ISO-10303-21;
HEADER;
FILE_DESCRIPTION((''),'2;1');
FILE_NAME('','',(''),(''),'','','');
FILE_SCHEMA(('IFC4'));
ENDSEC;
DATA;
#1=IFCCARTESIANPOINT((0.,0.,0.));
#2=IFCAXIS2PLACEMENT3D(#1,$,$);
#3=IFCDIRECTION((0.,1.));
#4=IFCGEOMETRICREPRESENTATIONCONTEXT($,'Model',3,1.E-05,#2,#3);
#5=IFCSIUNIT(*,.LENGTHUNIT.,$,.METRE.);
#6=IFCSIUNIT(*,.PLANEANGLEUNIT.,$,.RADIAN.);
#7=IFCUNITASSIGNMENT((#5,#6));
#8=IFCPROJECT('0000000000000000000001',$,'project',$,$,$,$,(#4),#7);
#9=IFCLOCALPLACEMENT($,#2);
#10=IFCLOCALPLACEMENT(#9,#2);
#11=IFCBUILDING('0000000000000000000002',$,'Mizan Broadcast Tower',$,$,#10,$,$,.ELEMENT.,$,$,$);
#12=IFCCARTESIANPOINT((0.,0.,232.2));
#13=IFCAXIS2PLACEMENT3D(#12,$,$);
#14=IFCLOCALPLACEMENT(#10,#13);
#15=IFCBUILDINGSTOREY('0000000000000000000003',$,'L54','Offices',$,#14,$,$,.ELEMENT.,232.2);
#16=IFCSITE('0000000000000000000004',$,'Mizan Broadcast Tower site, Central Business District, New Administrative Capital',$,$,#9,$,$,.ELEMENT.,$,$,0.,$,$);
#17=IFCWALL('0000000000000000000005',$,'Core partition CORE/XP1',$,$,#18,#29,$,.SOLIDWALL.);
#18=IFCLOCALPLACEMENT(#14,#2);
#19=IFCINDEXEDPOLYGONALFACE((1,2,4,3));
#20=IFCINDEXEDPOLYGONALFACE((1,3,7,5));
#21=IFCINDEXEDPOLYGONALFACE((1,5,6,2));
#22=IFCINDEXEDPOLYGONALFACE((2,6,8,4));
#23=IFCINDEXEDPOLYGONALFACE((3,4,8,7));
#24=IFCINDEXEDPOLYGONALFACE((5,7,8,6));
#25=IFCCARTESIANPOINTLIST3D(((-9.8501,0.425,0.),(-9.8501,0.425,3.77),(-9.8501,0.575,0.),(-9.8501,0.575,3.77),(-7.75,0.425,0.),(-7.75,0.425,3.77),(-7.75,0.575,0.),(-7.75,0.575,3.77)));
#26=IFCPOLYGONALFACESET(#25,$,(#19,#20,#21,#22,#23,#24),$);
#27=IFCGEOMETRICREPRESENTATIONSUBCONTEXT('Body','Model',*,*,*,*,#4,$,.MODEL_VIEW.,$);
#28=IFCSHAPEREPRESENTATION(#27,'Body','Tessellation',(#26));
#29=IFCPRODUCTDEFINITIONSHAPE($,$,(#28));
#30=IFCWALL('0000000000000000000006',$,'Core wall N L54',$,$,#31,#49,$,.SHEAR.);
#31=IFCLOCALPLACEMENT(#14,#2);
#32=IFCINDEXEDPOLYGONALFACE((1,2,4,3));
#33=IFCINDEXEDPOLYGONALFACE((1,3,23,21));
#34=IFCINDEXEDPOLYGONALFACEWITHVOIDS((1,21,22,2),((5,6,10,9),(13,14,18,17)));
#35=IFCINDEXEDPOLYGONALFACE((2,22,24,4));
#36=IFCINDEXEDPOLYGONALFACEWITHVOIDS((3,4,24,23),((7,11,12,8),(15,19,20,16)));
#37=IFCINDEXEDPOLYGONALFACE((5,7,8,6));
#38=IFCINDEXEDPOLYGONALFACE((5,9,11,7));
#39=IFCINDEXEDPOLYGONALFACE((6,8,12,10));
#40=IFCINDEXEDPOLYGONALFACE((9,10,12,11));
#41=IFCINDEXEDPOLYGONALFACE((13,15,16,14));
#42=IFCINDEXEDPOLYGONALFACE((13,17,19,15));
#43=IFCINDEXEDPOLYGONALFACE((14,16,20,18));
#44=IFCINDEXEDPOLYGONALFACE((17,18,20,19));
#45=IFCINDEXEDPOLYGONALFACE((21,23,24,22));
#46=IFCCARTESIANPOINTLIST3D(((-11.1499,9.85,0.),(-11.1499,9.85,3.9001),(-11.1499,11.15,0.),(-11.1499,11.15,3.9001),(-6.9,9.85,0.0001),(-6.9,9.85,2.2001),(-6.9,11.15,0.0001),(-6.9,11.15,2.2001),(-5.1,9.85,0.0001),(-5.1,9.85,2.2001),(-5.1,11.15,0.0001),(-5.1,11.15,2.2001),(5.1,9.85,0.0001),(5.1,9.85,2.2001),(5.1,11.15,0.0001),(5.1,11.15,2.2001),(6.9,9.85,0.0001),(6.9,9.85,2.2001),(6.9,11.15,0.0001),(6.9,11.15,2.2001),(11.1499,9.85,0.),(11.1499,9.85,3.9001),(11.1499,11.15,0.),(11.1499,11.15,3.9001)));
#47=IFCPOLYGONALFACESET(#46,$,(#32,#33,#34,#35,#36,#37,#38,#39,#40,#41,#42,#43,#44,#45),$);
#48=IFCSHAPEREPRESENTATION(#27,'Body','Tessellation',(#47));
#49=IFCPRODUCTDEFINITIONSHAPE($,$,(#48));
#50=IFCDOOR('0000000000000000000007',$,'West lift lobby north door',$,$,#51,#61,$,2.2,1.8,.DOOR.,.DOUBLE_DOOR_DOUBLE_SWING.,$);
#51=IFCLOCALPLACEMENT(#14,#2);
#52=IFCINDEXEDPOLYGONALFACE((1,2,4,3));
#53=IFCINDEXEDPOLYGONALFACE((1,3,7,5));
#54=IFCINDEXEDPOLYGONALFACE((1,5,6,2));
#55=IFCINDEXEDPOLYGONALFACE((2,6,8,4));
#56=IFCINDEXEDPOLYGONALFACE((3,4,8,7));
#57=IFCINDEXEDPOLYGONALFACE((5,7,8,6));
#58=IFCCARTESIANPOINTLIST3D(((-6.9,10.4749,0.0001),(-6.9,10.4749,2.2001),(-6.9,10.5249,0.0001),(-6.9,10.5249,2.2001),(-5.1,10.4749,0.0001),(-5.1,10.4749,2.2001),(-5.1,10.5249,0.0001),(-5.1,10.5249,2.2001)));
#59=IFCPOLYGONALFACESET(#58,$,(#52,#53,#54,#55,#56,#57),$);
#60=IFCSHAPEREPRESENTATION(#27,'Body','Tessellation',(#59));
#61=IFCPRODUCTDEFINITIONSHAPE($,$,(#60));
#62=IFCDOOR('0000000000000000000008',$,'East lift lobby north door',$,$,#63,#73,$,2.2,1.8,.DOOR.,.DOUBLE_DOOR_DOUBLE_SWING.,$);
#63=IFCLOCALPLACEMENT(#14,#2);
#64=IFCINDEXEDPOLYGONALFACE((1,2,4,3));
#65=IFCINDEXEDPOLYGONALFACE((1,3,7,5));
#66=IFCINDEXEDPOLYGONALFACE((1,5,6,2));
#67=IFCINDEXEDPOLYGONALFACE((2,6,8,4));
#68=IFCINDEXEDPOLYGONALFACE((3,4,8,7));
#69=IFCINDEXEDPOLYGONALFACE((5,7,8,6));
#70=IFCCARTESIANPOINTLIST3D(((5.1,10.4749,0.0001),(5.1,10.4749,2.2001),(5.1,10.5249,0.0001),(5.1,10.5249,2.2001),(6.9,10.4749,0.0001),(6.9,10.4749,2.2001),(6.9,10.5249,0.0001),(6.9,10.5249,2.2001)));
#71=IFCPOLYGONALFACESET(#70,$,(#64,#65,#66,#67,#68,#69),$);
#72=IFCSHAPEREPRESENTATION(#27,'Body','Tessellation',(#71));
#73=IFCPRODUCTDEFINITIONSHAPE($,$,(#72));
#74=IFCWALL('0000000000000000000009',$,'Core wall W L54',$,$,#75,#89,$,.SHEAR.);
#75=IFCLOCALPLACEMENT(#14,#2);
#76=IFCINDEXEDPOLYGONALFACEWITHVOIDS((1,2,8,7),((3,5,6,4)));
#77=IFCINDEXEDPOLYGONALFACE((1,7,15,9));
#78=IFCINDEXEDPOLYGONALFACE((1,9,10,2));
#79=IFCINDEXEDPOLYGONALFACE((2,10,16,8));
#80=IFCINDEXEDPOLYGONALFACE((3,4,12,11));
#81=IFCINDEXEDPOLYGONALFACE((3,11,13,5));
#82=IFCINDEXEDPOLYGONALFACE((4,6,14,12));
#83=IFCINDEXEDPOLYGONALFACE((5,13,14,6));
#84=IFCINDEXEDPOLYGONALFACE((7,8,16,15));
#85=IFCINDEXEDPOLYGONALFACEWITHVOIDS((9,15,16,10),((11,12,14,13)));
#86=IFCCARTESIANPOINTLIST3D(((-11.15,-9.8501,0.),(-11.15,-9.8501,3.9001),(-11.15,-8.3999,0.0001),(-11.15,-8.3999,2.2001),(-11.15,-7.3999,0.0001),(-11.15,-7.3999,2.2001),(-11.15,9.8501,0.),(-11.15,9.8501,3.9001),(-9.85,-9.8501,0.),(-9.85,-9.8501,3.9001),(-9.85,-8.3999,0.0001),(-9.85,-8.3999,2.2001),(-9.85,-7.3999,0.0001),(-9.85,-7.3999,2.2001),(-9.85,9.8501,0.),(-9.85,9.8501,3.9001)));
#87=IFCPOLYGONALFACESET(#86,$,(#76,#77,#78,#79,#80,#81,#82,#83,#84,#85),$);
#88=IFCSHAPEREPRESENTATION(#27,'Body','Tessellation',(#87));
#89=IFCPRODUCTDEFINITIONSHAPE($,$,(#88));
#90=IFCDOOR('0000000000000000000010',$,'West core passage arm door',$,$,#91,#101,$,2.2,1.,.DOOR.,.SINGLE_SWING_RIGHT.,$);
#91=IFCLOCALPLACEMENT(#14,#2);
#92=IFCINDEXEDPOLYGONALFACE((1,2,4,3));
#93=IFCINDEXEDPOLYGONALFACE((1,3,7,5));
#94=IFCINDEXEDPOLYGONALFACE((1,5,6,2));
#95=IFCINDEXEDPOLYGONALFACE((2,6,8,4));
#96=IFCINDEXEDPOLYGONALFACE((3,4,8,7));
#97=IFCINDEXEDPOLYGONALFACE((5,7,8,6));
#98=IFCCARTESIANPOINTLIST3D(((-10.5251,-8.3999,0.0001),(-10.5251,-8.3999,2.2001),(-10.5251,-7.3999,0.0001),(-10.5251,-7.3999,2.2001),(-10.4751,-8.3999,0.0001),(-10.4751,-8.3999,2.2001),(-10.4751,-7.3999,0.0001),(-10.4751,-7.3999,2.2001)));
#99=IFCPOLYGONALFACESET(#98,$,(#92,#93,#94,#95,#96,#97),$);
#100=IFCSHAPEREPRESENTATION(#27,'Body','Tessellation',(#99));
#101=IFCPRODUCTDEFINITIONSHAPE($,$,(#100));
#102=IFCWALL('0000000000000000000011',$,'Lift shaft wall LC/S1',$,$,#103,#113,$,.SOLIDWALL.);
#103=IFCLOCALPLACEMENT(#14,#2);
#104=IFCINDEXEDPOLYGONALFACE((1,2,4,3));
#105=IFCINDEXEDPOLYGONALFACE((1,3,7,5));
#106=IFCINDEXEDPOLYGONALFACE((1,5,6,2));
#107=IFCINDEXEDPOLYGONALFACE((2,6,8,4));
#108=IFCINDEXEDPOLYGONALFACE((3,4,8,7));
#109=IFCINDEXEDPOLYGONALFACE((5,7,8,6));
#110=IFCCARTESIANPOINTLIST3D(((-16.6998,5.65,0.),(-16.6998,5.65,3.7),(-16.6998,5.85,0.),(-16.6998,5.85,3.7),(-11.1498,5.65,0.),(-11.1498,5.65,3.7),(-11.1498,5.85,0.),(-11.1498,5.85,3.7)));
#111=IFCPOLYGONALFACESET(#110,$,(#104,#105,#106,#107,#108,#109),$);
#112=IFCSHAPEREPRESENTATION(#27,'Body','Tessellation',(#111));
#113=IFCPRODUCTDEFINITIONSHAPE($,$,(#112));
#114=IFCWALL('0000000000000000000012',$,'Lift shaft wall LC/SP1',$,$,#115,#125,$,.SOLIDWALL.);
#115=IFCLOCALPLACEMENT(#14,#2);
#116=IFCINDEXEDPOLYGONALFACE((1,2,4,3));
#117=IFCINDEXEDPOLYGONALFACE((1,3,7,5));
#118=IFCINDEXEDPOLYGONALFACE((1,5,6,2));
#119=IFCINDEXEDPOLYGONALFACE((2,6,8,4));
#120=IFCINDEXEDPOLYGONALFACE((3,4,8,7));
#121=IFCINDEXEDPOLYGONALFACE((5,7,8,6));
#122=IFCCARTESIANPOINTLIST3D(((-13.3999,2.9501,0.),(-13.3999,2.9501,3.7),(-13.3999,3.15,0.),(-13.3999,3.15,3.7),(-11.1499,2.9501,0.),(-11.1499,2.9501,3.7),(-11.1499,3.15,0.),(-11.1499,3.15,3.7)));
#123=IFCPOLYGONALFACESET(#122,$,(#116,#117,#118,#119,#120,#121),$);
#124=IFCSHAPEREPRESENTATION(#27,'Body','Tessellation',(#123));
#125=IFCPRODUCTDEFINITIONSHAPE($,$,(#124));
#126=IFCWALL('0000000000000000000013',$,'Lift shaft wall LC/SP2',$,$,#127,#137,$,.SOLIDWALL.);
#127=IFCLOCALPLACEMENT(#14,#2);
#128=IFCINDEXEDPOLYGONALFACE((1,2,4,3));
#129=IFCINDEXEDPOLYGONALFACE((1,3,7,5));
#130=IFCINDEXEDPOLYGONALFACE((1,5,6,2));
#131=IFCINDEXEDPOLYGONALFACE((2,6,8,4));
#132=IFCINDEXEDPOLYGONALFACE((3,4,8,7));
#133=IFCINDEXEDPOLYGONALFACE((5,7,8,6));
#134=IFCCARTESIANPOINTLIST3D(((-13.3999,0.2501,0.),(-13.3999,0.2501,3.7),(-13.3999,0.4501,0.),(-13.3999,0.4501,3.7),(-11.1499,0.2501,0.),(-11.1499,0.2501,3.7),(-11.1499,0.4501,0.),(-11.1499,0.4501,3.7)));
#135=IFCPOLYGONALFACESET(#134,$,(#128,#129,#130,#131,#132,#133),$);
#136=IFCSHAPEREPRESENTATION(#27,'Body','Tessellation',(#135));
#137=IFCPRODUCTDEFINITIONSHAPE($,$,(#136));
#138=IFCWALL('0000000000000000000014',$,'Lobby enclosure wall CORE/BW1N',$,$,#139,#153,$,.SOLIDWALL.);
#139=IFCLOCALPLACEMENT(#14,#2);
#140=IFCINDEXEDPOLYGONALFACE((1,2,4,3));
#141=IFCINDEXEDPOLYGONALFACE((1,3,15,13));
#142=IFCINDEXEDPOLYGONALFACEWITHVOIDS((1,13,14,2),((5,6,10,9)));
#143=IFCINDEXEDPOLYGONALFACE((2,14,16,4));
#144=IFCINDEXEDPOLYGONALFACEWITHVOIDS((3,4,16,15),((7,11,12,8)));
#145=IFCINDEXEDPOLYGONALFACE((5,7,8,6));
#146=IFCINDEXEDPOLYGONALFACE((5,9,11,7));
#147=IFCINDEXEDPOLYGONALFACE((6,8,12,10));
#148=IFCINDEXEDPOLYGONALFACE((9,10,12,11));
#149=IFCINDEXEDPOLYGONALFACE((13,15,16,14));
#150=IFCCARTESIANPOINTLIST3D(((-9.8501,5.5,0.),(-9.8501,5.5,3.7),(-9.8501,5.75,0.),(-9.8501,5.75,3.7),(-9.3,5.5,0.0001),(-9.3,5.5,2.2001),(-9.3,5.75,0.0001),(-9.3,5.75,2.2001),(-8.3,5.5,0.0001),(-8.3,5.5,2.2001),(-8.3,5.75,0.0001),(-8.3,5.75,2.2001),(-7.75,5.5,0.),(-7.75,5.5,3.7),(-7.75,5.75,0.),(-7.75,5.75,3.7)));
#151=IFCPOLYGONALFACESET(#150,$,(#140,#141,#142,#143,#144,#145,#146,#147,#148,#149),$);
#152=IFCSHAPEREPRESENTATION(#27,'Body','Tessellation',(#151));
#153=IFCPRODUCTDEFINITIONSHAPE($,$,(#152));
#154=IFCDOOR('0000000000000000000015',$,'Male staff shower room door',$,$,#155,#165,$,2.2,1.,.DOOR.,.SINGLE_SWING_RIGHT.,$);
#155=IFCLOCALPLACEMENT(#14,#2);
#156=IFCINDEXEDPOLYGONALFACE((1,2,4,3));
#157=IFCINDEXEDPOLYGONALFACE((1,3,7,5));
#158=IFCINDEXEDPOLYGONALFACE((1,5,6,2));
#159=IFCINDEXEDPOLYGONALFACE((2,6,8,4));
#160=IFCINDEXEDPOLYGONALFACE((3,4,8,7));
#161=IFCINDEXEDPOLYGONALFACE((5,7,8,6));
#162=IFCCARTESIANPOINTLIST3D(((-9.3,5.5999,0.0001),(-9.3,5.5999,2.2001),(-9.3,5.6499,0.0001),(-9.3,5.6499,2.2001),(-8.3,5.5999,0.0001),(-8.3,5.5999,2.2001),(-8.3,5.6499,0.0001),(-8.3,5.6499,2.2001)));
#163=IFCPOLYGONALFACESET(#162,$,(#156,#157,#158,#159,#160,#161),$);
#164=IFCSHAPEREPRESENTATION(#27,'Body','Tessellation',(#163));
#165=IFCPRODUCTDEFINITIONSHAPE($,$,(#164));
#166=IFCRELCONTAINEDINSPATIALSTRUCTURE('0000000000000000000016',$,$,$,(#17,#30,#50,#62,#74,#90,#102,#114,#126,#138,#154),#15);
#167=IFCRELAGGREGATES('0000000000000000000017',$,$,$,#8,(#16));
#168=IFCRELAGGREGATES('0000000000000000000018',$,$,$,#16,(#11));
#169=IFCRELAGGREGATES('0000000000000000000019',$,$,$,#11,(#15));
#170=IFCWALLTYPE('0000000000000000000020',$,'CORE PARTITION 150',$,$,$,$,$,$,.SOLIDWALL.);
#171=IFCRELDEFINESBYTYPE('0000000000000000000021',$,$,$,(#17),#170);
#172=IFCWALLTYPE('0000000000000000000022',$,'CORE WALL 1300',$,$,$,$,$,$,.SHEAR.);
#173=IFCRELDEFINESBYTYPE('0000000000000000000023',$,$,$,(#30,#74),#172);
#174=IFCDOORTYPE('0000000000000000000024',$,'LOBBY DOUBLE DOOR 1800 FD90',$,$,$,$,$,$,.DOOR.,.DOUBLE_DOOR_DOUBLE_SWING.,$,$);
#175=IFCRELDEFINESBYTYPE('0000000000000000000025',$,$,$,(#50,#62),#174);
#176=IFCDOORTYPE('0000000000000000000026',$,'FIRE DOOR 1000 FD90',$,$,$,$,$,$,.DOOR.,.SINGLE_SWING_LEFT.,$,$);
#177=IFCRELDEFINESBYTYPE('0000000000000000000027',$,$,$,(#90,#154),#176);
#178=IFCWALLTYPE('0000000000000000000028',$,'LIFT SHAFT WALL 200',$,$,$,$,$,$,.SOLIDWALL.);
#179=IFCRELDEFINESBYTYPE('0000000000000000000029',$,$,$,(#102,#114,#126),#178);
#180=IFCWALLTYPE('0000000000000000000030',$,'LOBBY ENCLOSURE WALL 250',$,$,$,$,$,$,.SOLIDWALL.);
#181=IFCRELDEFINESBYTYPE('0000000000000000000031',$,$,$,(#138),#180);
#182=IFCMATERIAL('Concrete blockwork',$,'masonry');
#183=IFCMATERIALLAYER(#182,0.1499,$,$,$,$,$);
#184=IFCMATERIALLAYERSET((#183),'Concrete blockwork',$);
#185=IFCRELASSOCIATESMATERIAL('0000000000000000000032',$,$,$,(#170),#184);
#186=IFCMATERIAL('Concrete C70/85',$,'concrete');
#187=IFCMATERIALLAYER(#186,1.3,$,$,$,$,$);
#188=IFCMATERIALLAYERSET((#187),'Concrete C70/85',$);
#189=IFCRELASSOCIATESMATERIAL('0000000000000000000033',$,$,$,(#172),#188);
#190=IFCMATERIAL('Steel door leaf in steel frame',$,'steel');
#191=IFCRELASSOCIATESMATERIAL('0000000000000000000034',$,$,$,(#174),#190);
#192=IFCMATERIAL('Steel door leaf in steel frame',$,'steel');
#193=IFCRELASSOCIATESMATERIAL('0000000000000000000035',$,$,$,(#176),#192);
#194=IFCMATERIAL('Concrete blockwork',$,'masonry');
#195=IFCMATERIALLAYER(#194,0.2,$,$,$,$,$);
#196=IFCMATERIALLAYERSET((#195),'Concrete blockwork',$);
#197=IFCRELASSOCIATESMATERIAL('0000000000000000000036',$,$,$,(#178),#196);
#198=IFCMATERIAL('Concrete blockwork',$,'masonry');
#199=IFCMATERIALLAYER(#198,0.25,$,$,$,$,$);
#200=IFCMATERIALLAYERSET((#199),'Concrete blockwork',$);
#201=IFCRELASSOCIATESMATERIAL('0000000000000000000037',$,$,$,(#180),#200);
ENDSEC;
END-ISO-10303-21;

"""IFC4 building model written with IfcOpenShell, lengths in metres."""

from ifc_helpers import new_model, si_unit, direction, frame, frame_2d, origin, place, context, subcontext, project, spatial, rectangle, extrude, material, layer, layer_set, type_object, element, fill, save


model = new_model("IFC4")

# Units and contexts
model_context = context("Model", 3, precision=1e-05, world=origin(), true_north=direction((0.0, 1.0)))
body_context = subcontext(model_context, "Body", "Model", "MODEL_VIEW")
ifc_project = project(units=[si_unit("LENGTHUNIT", "METRE"), si_unit("PLANEANGLEUNIT", "RADIAN")], contexts=[model_context])

# Site, building, storey
site_placement = place(None, origin())
site = spatial("IfcSite", under=ifc_project, at=site_placement, Name="Mizan Broadcast Tower site, Central Business District, New Administrative Capital", CompositionType="ELEMENT", RefElevation=0.0)
building_placement = place(site_placement, origin())
building = spatial("IfcBuilding", under=site, at=building_placement, Name="Mizan Broadcast Tower", CompositionType="ELEMENT")
storey_placement = place(building_placement, frame((0.0, 0.0, 232.2)))
storey = spatial("IfcBuildingStorey", under=building, at=storey_placement, Name="L54", Description="Offices", CompositionType="ELEMENT", Elevation=232.2)

# Wall
ifc_material_1 = material(Name="Concrete blockwork", Category="masonry")
ifc_layer_1 = layer(ifc_material_1, 0.1499)
ifc_layer_set_1 = layer_set([ifc_layer_1], Name="Concrete blockwork")
wall_type_1 = type_object("IfcWallType", Name="CORE PARTITION 150", PredefinedType="SOLIDWALL", material=ifc_layer_set_1)
wall_1_placement = place(storey_placement, frame((-9.8501, 0.5, 0.0), z_axis=(0.0, 0.0, 1.0), x_axis=(1.0, 0.0, 0.0)))
element("IfcWall", 1, at=wall_1_placement, inside=storey, type_object=wall_type_1, Name="Core partition CORE/XP1", PredefinedType="SOLIDWALL", context=body_context, shape_type="SweptSolid", body=[
    extrude(rectangle(XDim=2.1001, YDim=0.1499, at=frame_2d((1.05, 0.0))), origin(), (0.0, 0.0, 1.0), 3.77),
])

# Wall, openings, doors
ifc_material_2 = material(Name="Concrete C70/85", Category="concrete")
ifc_layer_2 = layer(ifc_material_2, 1.3)
ifc_layer_set_2 = layer_set([ifc_layer_2], Name="Concrete C70/85")
wall_type_2 = type_object("IfcWallType", Name="CORE WALL 1300", PredefinedType="SHEAR", material=ifc_layer_set_2)
wall_2_placement = place(storey_placement, frame((-11.1499, 10.5, 0.0), z_axis=(0.0, 0.0, 1.0), x_axis=(1.0, 0.0, 0.0)))
wall_2 = element("IfcWall", 2, at=wall_2_placement, inside=storey, type_object=wall_type_2, Name="Core wall N L54", PredefinedType="SHEAR", context=body_context, shape_type="SweptSolid", body=[
    extrude(rectangle(XDim=22.2998, YDim=1.3, at=frame_2d((11.1499, 0.0))), origin(), (0.0, 0.0, 1.0), 3.9001),
])
opening_1_placement = place(wall_2_placement, frame((4.25, 0.0, 0.0)))
opening_1 = element("IfcOpeningElement", 3, at=opening_1_placement, cuts=wall_2, PredefinedType="OPENING", context=body_context, shape_type="SweptSolid", body=[
    extrude(rectangle(XDim=1.8, YDim=2.2, at=frame_2d((0.8999, 1.1001))), frame((0.0, 0.6599, 0.0), z_axis=(0.0, -1.0, 0.0), x_axis=(1.0, 0.0, 0.0)), (0.0, 0.0, 1.0), 1.3201),
])
opening_2_placement = place(wall_2_placement, frame((16.25, 0.0, 0.0)))
opening_2 = element("IfcOpeningElement", 4, at=opening_2_placement, cuts=wall_2, PredefinedType="OPENING", context=body_context, shape_type="SweptSolid", body=[
    extrude(rectangle(XDim=1.8, YDim=2.2, at=frame_2d((0.8999, 1.1001))), frame((0.0, 0.6599, 0.0), z_axis=(0.0, -1.0, 0.0), x_axis=(1.0, 0.0, 0.0)), (0.0, 0.0, 1.0), 1.3201),
])
ifc_material_3 = material(Name="Steel door leaf in steel frame", Category="steel")
door_type_1 = type_object("IfcDoorType", Name="LOBBY DOUBLE DOOR 1800 FD90", OperationType="DOUBLE_DOOR_DOUBLE_SWING", PredefinedType="DOOR", material=ifc_material_3)
door_1_placement = place(opening_1_placement, origin())
door_1 = element("IfcDoor", 5, at=door_1_placement, inside=storey, type_object=door_type_1, Name="West lift lobby north door", OperationType="DOUBLE_DOOR_DOUBLE_SWING", OverallHeight=2.2, OverallWidth=1.8, PredefinedType="DOOR", context=body_context, shape_type="SweptSolid", body=[
    extrude(rectangle(XDim=1.8, YDim=2.2, at=frame_2d((0.8999, 1.1001))), frame((0.0, 0.0249, 0.0), z_axis=(0.0, -1.0, 0.0), x_axis=(1.0, 0.0, 0.0)), (0.0, 0.0, 1.0), 0.05),
])
fill(opening_1, door_1)
door_2_placement = place(opening_2_placement, origin())
door_2 = element("IfcDoor", 6, at=door_2_placement, inside=storey, type_object=door_type_1, Name="East lift lobby north door", OperationType="DOUBLE_DOOR_DOUBLE_SWING", OverallHeight=2.2, OverallWidth=1.8, PredefinedType="DOOR", context=body_context, shape_type="SweptSolid", body=[
    extrude(rectangle(XDim=1.8, YDim=2.2, at=frame_2d((0.8999, 1.1001))), frame((0.0, 0.0249, 0.0), z_axis=(0.0, -1.0, 0.0), x_axis=(1.0, 0.0, 0.0)), (0.0, 0.0, 1.0), 0.05),
])
fill(opening_2, door_2)

# Wall, opening, door
wall_3_placement = place(storey_placement, frame((-10.5, 9.8501, 0.0), z_axis=(0.0, 0.0, 1.0), x_axis=(0.0, -1.0, 0.0)))
wall_3 = element("IfcWall", 7, at=wall_3_placement, inside=storey, type_object=wall_type_2, Name="Core wall W L54", PredefinedType="SHEAR", context=body_context, shape_type="SweptSolid", body=[
    extrude(rectangle(XDim=19.7002, YDim=1.3, at=frame_2d((9.8501, 0.0))), origin(), (0.0, 0.0, 1.0), 3.9001),
])
opening_3_placement = place(wall_3_placement, frame((17.25, 0.0, 0.0)))
opening_3 = element("IfcOpeningElement", 8, at=opening_3_placement, cuts=wall_3, PredefinedType="OPENING", context=body_context, shape_type="SweptSolid", body=[
    extrude(rectangle(XDim=1.0, YDim=2.2, at=frame_2d((0.5, 1.1001))), frame((0.0, 0.6599, 0.0), z_axis=(0.0, -1.0, 0.0), x_axis=(1.0, 0.0, 0.0)), (0.0, 0.0, 1.0), 1.3201),
])
ifc_material_4 = material(Name="Steel door leaf in steel frame", Category="steel")
door_type_2 = type_object("IfcDoorType", Name="FIRE DOOR 1000 FD90", OperationType="SINGLE_SWING_LEFT", PredefinedType="DOOR", material=ifc_material_4)
door_3_placement = place(opening_3_placement, origin())
door_3 = element("IfcDoor", 9, at=door_3_placement, inside=storey, type_object=door_type_2, Name="West core passage arm door", OperationType="SINGLE_SWING_RIGHT", OverallHeight=2.2, OverallWidth=1.0, PredefinedType="DOOR", context=body_context, shape_type="SweptSolid", body=[
    extrude(rectangle(XDim=1.0, YDim=2.2, at=frame_2d((0.5, 1.1001))), frame((0.0, 0.0249, 0.0), z_axis=(0.0, -1.0, 0.0), x_axis=(1.0, 0.0, 0.0)), (0.0, 0.0, 1.0), 0.05),
])
fill(opening_3, door_3)

# Walls
ifc_material_5 = material(Name="Concrete blockwork", Category="masonry")
ifc_layer_3 = layer(ifc_material_5, 0.2)
ifc_layer_set_3 = layer_set([ifc_layer_3], Name="Concrete blockwork")
wall_type_3 = type_object("IfcWallType", Name="LIFT SHAFT WALL 200", PredefinedType="SOLIDWALL", material=ifc_layer_set_3)
wall_4_placement = place(storey_placement, frame((-11.1499, 5.75, 0.0), z_axis=(0.0, 0.0, 1.0), x_axis=(-1.0, 0.0, 0.0)))
element("IfcWall", 10, at=wall_4_placement, inside=storey, type_object=wall_type_3, Name="Lift shaft wall LC/S1", PredefinedType="SOLIDWALL", context=body_context, shape_type="SweptSolid", body=[
    extrude(rectangle(XDim=5.55, YDim=0.2, at=frame_2d((2.7749, 0.0))), origin(), (0.0, 0.0, 1.0), 3.7),
])
for number, where, z_axis, x_axis, name in (
    (11, (-11.1499, 3.05, 0.0), (0.0, 0.0, 1.0), (-1.0, 0.0, 0.0), "Lift shaft wall LC/SP1"),
    (12, (-11.1499, 0.3501, 0.0), (0.0, 0.0, 1.0), (-1.0, 0.0, 0.0), "Lift shaft wall LC/SP2"),
):
    element("IfcWall", number, at=place(storey_placement, frame(where, z_axis=z_axis, x_axis=x_axis)), inside=storey, type_object=wall_type_3, Name=name, PredefinedType="SOLIDWALL", context=body_context, shape_type="SweptSolid", body=[
        extrude(rectangle(XDim=2.25, YDim=0.2, at=frame_2d((1.125, 0.0))), origin(), (0.0, 0.0, 1.0), 3.7),
    ])

# Wall, opening, door
ifc_material_6 = material(Name="Concrete blockwork", Category="masonry")
ifc_layer_4 = layer(ifc_material_6, 0.25)
ifc_layer_set_4 = layer_set([ifc_layer_4], Name="Concrete blockwork")
wall_type_4 = type_object("IfcWallType", Name="LOBBY ENCLOSURE WALL 250", PredefinedType="SOLIDWALL", material=ifc_layer_set_4)
wall_5_placement = place(storey_placement, frame((-9.8501, 5.625, 0.0), z_axis=(0.0, 0.0, 1.0), x_axis=(1.0, 0.0, 0.0)))
wall_5 = element("IfcWall", 13, at=wall_5_placement, inside=storey, type_object=wall_type_4, Name="Lobby enclosure wall CORE/BW1N", PredefinedType="SOLIDWALL", context=body_context, shape_type="SweptSolid", body=[
    extrude(rectangle(XDim=2.1001, YDim=0.25, at=frame_2d((1.05, 0.0))), origin(), (0.0, 0.0, 1.0), 3.7),
])
opening_4_placement = place(wall_5_placement, frame((0.55, 0.0, 0.0)))
opening_4 = element("IfcOpeningElement", 14, at=opening_4_placement, cuts=wall_5, PredefinedType="OPENING", context=body_context, shape_type="SweptSolid", body=[
    extrude(rectangle(XDim=1.0, YDim=2.2, at=frame_2d((0.5, 1.1001))), frame((0.0, 0.135, 0.0), z_axis=(0.0, -1.0, 0.0), x_axis=(1.0, 0.0, 0.0)), (0.0, 0.0, 1.0), 0.27),
])
door_4_placement = place(opening_4_placement, origin())
door_4 = element("IfcDoor", 15, at=door_4_placement, inside=storey, type_object=door_type_2, Name="Male staff shower room door", OperationType="SINGLE_SWING_RIGHT", OverallHeight=2.2, OverallWidth=1.0, PredefinedType="DOOR", context=body_context, shape_type="SweptSolid", body=[
    extrude(rectangle(XDim=1.0, YDim=2.2, at=frame_2d((0.5, 1.1001))), frame((0.0, 0.0249, 0.0), z_axis=(0.0, -1.0, 0.0), x_axis=(1.0, 0.0, 0.0)), (0.0, 0.0, 1.0), 0.05),
])
fill(opening_4, door_4)

save(model, "model.ifc")
